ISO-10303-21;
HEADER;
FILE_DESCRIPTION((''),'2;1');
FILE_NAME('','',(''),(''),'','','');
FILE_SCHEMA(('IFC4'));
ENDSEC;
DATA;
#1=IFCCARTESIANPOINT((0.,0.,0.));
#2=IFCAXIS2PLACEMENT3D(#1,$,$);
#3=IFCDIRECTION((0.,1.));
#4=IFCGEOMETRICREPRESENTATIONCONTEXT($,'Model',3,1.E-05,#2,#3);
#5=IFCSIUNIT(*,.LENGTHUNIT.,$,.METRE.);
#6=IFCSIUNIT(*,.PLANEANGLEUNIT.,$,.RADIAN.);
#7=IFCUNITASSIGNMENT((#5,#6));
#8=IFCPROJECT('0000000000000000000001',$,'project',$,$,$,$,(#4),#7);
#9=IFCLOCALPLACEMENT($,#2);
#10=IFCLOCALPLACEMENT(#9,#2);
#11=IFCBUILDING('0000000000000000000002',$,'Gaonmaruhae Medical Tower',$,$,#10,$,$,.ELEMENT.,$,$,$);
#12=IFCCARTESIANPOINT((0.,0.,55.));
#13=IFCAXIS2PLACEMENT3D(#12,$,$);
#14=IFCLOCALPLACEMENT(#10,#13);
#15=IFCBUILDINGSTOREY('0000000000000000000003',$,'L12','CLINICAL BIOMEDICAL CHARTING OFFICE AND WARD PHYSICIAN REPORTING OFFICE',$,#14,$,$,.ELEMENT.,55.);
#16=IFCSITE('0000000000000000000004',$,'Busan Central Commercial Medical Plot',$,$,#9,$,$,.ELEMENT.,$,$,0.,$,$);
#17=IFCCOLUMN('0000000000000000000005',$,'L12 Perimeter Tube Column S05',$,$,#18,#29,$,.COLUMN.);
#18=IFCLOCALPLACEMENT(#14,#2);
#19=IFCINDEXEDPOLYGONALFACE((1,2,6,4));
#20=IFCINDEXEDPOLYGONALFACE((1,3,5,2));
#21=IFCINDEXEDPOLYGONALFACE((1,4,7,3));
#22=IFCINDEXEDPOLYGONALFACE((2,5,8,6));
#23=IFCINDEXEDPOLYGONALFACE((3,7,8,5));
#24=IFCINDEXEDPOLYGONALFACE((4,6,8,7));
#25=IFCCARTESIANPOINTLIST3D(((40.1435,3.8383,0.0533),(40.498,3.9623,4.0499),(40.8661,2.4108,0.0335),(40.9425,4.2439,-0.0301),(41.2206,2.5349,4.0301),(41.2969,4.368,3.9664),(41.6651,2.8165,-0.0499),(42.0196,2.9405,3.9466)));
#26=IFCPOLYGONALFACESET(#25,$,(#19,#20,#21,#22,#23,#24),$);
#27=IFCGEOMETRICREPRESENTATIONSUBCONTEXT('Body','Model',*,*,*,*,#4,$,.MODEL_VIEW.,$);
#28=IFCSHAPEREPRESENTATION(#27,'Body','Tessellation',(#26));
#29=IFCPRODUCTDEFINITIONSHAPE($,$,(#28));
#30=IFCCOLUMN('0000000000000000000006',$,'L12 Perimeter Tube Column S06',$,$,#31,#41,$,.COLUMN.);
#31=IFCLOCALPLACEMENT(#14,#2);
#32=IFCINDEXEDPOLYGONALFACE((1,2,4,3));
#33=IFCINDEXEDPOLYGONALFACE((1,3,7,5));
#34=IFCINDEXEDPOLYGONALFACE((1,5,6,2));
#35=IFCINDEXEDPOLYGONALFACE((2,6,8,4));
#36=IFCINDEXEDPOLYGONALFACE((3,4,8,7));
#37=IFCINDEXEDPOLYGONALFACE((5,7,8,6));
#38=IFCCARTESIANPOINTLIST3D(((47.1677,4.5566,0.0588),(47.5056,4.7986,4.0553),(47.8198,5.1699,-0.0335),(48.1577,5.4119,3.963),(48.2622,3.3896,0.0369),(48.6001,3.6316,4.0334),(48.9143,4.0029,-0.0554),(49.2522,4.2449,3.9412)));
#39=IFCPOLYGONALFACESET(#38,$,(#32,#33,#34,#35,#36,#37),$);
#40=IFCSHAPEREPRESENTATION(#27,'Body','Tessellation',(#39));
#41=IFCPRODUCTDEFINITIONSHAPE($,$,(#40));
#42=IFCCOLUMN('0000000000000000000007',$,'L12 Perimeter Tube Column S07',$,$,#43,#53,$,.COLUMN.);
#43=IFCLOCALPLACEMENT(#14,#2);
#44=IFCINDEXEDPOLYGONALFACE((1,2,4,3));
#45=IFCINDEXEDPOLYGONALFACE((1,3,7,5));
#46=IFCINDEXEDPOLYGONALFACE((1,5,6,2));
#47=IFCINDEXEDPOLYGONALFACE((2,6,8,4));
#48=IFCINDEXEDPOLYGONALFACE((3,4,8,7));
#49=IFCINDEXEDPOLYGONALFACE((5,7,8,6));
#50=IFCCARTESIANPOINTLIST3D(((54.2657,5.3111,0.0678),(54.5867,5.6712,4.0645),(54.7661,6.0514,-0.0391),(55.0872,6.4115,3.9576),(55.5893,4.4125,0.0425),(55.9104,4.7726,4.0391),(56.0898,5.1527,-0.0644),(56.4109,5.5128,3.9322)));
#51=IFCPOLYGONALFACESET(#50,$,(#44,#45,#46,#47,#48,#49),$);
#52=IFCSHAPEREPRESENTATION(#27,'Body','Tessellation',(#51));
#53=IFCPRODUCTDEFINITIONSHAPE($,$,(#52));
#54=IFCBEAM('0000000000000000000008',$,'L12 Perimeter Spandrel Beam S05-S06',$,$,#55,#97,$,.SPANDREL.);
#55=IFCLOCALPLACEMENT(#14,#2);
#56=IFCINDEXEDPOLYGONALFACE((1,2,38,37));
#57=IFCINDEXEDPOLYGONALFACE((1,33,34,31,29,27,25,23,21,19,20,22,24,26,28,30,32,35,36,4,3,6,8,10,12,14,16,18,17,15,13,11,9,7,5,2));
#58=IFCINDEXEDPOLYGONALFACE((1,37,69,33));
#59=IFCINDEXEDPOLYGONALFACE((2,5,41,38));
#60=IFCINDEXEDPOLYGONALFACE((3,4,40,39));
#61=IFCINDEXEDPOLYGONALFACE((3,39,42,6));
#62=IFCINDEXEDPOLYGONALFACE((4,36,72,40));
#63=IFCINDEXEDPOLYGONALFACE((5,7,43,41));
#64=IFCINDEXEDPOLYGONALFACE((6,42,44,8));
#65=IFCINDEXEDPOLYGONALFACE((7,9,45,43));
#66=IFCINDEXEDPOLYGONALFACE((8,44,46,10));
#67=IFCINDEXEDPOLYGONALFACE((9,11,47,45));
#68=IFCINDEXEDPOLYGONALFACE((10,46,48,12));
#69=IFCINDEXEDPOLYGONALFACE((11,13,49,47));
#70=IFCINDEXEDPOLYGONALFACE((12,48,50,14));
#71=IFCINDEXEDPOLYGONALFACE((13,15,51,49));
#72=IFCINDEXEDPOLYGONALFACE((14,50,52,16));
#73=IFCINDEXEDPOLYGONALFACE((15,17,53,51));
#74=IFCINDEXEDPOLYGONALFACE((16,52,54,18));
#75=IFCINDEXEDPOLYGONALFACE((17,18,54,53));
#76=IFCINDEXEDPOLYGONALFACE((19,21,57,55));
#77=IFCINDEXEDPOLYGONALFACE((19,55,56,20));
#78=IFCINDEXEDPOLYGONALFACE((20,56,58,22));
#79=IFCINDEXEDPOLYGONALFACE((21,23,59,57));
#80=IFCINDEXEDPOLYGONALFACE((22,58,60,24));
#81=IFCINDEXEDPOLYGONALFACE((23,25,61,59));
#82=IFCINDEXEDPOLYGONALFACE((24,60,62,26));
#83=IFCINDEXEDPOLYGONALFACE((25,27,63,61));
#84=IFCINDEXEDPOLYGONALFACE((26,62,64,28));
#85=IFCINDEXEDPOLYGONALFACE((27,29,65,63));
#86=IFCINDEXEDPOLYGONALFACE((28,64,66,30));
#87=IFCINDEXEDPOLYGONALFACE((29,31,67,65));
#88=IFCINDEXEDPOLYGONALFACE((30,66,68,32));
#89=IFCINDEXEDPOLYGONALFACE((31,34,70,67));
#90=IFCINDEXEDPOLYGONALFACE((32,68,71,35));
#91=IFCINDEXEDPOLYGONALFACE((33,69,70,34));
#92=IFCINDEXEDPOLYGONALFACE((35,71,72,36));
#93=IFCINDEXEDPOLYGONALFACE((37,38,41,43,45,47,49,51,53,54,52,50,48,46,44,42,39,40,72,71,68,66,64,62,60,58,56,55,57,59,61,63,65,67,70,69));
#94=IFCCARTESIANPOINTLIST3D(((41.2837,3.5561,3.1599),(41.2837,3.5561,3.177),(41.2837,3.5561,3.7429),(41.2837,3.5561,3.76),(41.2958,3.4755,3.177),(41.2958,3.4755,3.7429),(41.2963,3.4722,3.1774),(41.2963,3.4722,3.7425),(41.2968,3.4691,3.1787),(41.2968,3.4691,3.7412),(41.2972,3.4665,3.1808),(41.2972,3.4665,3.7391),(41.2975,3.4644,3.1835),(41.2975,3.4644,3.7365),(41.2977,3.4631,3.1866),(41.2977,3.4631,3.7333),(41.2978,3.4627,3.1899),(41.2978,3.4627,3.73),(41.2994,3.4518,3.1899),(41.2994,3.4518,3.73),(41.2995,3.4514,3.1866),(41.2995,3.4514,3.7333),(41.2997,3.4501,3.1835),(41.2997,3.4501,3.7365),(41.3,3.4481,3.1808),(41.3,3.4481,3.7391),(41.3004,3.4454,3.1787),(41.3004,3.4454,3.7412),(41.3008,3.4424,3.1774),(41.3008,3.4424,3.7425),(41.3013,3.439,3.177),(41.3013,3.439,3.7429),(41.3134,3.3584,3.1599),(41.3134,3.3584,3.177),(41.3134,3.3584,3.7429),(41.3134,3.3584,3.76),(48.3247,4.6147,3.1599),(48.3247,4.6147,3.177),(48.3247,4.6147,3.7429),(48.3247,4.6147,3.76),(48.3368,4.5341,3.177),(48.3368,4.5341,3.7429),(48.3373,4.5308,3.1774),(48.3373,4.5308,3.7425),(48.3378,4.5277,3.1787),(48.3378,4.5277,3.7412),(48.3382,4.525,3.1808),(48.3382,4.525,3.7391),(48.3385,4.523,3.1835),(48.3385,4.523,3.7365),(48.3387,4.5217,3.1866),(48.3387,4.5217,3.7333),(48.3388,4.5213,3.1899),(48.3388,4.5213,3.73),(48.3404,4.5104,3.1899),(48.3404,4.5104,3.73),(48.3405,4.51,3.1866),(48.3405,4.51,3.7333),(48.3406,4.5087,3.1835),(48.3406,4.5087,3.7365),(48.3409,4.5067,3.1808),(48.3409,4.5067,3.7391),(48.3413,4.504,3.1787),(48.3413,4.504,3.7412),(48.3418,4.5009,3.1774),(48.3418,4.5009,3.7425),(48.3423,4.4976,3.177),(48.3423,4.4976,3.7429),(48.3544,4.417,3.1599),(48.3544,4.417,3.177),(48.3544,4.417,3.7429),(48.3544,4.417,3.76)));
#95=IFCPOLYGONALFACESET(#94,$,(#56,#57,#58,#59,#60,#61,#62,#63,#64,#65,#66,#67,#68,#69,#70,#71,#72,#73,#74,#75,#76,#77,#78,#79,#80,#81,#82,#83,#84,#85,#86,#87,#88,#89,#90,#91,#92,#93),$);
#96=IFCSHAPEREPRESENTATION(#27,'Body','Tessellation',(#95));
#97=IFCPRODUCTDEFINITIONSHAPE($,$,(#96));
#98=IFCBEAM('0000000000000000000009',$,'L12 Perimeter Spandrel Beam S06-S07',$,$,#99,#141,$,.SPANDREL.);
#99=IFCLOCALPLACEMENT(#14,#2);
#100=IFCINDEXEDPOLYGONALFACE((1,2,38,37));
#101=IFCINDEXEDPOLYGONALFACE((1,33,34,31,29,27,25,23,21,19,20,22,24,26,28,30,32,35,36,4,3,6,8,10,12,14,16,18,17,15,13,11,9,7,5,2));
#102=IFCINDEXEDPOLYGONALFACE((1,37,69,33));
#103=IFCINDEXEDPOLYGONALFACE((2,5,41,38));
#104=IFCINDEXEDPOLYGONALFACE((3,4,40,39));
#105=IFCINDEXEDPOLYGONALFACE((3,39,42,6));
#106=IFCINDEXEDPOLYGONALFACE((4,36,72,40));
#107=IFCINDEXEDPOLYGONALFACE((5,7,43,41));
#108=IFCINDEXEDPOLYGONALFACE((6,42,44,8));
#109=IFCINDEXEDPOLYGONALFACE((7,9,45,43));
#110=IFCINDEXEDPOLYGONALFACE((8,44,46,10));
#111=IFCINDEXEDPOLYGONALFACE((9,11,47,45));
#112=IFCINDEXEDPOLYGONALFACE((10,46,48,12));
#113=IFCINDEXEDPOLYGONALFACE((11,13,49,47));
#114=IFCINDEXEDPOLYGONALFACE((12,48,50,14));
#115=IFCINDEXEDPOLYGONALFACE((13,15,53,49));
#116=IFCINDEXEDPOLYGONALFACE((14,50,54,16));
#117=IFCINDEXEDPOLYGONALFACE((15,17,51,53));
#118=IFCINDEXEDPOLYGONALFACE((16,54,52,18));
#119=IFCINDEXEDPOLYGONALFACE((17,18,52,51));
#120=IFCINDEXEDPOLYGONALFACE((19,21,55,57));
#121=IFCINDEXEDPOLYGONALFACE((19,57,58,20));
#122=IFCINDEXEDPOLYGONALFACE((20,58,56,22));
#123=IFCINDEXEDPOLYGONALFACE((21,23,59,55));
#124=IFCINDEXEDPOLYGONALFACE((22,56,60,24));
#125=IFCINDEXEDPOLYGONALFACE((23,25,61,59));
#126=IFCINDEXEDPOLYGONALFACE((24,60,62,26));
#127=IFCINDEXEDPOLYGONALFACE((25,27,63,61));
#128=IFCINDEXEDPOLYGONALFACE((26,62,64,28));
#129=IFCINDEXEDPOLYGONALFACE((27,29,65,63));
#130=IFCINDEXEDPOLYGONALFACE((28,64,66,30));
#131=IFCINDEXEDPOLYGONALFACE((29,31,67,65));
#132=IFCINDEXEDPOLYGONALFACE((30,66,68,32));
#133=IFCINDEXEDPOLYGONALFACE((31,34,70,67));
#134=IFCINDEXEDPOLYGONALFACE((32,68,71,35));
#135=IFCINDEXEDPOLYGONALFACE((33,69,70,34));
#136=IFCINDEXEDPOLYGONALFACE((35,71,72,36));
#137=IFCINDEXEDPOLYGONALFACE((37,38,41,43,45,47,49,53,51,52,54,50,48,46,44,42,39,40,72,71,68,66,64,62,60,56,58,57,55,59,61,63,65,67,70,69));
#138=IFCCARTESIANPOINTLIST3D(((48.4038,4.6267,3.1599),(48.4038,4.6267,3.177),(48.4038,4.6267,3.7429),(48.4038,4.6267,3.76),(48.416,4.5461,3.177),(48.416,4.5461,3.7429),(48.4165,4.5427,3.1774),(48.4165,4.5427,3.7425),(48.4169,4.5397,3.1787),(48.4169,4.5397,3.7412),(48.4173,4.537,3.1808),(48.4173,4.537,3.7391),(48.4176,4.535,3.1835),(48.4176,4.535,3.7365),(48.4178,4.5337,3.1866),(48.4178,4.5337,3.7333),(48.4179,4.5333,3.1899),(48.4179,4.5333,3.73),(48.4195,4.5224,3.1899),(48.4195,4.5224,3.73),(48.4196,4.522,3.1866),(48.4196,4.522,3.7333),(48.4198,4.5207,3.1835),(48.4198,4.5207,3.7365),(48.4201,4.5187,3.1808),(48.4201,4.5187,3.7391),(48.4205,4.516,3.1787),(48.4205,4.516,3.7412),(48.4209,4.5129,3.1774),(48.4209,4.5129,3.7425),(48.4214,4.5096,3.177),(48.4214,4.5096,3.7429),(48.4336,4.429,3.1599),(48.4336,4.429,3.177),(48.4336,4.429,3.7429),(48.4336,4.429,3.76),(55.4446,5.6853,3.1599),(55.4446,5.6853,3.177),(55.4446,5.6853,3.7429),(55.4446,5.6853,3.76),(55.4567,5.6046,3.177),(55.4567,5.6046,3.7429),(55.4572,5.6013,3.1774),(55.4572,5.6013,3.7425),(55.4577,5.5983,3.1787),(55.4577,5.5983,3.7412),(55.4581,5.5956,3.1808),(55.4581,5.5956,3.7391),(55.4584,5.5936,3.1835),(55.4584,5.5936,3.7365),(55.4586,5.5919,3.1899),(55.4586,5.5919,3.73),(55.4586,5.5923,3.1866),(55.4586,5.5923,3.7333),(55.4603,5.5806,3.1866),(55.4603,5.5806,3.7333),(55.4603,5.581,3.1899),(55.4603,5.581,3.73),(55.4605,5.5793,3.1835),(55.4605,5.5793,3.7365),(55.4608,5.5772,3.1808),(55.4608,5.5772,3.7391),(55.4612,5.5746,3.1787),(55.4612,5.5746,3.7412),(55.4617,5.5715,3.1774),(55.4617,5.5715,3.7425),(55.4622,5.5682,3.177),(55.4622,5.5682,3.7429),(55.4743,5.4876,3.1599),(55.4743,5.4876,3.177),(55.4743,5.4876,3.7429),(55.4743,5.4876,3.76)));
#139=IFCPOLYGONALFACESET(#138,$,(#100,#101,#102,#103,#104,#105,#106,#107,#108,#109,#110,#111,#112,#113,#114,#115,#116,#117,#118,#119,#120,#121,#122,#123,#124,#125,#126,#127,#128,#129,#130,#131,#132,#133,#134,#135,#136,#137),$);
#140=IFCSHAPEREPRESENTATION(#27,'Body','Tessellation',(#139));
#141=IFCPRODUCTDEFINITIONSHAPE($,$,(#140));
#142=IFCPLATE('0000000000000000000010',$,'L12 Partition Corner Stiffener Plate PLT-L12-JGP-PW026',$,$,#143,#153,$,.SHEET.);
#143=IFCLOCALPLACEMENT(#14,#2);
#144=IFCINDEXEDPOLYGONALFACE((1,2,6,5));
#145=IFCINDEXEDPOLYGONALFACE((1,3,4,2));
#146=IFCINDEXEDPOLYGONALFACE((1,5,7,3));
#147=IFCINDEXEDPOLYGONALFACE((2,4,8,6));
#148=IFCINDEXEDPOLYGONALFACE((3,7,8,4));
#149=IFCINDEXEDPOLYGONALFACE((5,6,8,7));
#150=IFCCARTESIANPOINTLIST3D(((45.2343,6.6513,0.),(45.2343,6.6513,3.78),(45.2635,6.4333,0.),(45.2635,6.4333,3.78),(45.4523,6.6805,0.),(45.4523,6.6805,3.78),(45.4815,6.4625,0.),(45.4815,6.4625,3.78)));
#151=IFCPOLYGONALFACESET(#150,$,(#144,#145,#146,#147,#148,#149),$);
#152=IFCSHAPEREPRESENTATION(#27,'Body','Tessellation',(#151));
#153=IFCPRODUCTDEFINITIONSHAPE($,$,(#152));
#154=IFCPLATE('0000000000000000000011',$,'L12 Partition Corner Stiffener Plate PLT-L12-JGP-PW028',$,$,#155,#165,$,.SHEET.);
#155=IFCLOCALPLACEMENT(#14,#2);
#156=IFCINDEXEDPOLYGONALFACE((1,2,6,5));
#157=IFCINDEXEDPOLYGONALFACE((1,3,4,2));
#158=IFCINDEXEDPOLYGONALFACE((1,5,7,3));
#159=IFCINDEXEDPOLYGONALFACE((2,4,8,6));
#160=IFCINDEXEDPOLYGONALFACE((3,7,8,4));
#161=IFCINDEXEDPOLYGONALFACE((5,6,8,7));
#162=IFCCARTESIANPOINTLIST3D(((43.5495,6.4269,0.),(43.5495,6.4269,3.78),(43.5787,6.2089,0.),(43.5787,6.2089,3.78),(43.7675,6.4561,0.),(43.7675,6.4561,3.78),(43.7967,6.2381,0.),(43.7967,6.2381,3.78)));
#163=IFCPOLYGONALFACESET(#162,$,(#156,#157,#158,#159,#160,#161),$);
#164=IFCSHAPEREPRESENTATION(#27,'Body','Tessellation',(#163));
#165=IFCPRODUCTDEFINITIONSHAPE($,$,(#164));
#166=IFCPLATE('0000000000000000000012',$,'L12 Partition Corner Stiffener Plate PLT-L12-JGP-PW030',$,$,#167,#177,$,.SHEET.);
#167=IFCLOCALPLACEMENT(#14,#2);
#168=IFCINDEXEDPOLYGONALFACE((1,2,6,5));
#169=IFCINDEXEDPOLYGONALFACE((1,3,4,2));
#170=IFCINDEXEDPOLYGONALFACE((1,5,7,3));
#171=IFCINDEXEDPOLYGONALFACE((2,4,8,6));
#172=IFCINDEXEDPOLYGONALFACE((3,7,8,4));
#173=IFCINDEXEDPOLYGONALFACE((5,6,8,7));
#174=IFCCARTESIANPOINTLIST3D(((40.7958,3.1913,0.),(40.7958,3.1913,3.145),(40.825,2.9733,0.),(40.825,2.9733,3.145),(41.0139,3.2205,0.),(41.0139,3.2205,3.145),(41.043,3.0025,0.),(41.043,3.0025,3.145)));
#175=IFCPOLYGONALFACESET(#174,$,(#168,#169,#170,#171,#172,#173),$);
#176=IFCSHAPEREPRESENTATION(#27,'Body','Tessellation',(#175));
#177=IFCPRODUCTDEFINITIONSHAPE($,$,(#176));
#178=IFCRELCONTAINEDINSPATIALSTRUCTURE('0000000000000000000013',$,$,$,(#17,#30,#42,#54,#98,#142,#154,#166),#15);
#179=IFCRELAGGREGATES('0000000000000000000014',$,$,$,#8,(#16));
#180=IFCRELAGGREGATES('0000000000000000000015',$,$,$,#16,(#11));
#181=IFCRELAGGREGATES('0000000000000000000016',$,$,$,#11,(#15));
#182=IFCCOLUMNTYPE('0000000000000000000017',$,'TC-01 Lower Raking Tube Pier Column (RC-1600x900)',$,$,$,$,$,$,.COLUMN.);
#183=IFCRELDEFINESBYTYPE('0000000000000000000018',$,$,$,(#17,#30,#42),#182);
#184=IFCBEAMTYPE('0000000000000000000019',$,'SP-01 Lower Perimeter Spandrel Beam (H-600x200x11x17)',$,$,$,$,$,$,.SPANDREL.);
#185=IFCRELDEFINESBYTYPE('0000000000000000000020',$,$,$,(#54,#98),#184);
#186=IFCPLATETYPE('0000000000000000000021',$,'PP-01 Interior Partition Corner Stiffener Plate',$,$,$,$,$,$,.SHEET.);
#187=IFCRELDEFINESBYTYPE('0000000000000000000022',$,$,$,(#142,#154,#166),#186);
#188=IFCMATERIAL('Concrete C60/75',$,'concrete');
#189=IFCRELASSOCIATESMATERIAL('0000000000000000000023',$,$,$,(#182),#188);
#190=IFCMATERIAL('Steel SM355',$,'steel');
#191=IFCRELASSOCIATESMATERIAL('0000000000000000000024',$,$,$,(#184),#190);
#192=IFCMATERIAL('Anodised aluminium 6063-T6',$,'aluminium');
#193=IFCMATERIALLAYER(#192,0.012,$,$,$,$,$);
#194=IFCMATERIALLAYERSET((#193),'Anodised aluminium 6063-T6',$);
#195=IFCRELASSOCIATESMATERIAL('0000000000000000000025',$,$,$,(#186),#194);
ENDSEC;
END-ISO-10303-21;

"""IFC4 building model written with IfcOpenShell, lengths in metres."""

from ifc_helpers import new_model, si_unit, direction, frame, origin, origin_2d, place, context, subcontext, project, spatial, rectangle, i_section, extrude, material, layer, layer_set, material_profile, profile_set, type_object, element, save


model = new_model("IFC4")

# Units and contexts
model_context = context("Model", 3, precision=1e-05, world=origin(), true_north=direction((0.0, 1.0)))
body_context = subcontext(model_context, "Body", "Model", "MODEL_VIEW")
ifc_project = project(units=[si_unit("LENGTHUNIT", "METRE"), si_unit("PLANEANGLEUNIT", "RADIAN")], contexts=[model_context])

# Site, building, storey
site_placement = place(None, origin())
site = spatial("IfcSite", under=ifc_project, at=site_placement, Name="Busan Central Commercial Medical Plot", CompositionType="ELEMENT", RefElevation=0.0)
building_placement = place(site_placement, origin())
building = spatial("IfcBuilding", under=site, at=building_placement, Name="Gaonmaruhae Medical Tower", CompositionType="ELEMENT")
storey_placement = place(building_placement, frame((0.0, 0.0, 55.0)))
storey = spatial("IfcBuildingStorey", under=building, at=storey_placement, Name="L12", Description="CLINICAL BIOMEDICAL CHARTING OFFICE AND WARD PHYSICIAN REPORTING OFFICE", CompositionType="ELEMENT", Elevation=55.0)

# Columns
ifc_material_1 = material(Name="Concrete C60/75", Category="concrete")
ifc_material_profile_1 = material_profile(ifc_material_1, rectangle(XDim=1.6001, YDim=0.8999, at=origin_2d()), Name="RC-1600x900")
ifc_profile_set_1 = profile_set([ifc_material_profile_1], Name="Concrete C60/75")
column_type = type_object("IfcColumnType", Name="TC-01 Lower Raking Tube Pier Column (RC-1600x900)", PredefinedType="COLUMN", material=ifc_profile_set_1)
column_1_placement = place(storey_placement, frame((40.9043, 3.3274, 0.0017), z_axis=(0.08831, 0.030896, 0.995614), x_axis=(-0.451623, 0.892123, 0.012374)))
element("IfcColumn", 1, at=column_1_placement, inside=storey, type_object=column_type, Name="L12 Perimeter Tube Column S05", PredefinedType="COLUMN", context=body_context, shape_type="SweptSolid", body=[
    extrude(rectangle(XDim=1.6001, YDim=0.8999, at=origin_2d()), origin(), (0.0, 0.0, 1.0), 4.0142),
])
column_2_placement = place(storey_placement, frame((48.041, 4.2798, 0.0017), z_axis=(0.084091, 0.060213, 0.994637), x_axis=(-0.684024, 0.729331, 0.013679)))
element("IfcColumn", 2, at=column_2_placement, inside=storey, type_object=column_type, Name="L12 Perimeter Tube Column S06", PredefinedType="COLUMN", context=body_context, shape_type="SweptSolid", body=[
    extrude(rectangle(XDim=1.6001, YDim=0.8999, at=origin_2d()), origin(), (0.0, 0.0, 1.0), 4.0181),
])
column_3_placement = place(storey_placement, frame((55.1777, 5.2319, 0.0017), z_axis=(0.079751, 0.089454, 0.992793), x_axis=(-0.827252, 0.561608, 0.01585)))
element("IfcColumn", 3, at=column_3_placement, inside=storey, type_object=column_type, Name="L12 Perimeter Tube Column S07", PredefinedType="COLUMN", context=body_context, shape_type="SweptSolid", body=[
    extrude(rectangle(XDim=1.6001, YDim=0.8999, at=origin_2d()), origin(), (0.0, 0.0, 1.0), 4.0256),
])

# Beams
ifc_material_2 = material(Name="Steel SM355", Category="steel")
ifc_material_profile_2 = material_profile(ifc_material_2, i_section(OverallWidth=0.2, OverallDepth=0.6001, WebThickness=0.011, FlangeThickness=0.0171, FilletRadius=0.0129, at=origin_2d()), Name="H-600x200x11x17")
ifc_profile_set_2 = profile_set([ifc_material_profile_2], Name="Steel SM355")
beam_type = type_object("IfcBeamType", Name="SP-01 Lower Perimeter Spandrel Beam (H-600x200x11x17)", PredefinedType="SPANDREL", material=ifc_profile_set_2)
beam_1_placement = place(storey_placement, frame((41.2986, 3.4573, 3.46), z_axis=(0.988886, 0.148676, 0.0), x_axis=(-0.148676, 0.988886, 0.0)))
element("IfcBeam", 4, at=beam_1_placement, inside=storey, type_object=beam_type, Name="L12 Perimeter Spandrel Beam S05-S06", PredefinedType="SPANDREL", context=body_context, shape_type="SweptSolid", body=[
    extrude(i_section(OverallWidth=0.2, OverallDepth=0.6001, WebThickness=0.011, FlangeThickness=0.0171, FilletRadius=0.0129, at=origin_2d()), origin(), (0.0, 0.0, 1.0), 7.1201),
])
beam_2_placement = place(storey_placement, frame((48.4187, 4.5278, 3.46), z_axis=(0.988885, 0.148681, 0.0), x_axis=(-0.148681, 0.988885, 0.0)))
element("IfcBeam", 5, at=beam_2_placement, inside=storey, type_object=beam_type, Name="L12 Perimeter Spandrel Beam S06-S07", PredefinedType="SPANDREL", context=body_context, shape_type="SweptSolid", body=[
    extrude(i_section(OverallWidth=0.2, OverallDepth=0.6001, WebThickness=0.011, FlangeThickness=0.0171, FilletRadius=0.0129, at=origin_2d()), origin(), (0.0, 0.0, 1.0), 7.1199),
])

# Plates
ifc_material_3 = material(Name="Anodised aluminium 6063-T6", Category="aluminium")
ifc_layer_1 = layer(ifc_material_3, 0.012)
ifc_layer_set_1 = layer_set([ifc_layer_1], Name="Anodised aluminium 6063-T6")
plate_type = type_object("IfcPlateType", Name="PP-01 Interior Partition Corner Stiffener Plate", PredefinedType="SHEET", material=ifc_layer_set_1)
for number, where, z_axis, x_axis, name in (
    (6, (45.3579, 6.5569, 0.0), (0.0, 0.0, 1.0), (-0.132654, 0.991162, 0.0), "L12 Partition Corner Stiffener Plate PLT-L12-JGP-PW026"),
    (7, (43.6731, 6.3325, 0.0), (0.0, 0.0, 1.0), (0.132793, -0.991144, 0.0), "L12 Partition Corner Stiffener Plate PLT-L12-JGP-PW028"),
):
    element("IfcPlate", number, at=place(storey_placement, frame(where, z_axis=z_axis, x_axis=x_axis)), inside=storey, type_object=plate_type, Name=name, PredefinedType="SHEET", context=body_context, shape_type="SweptSolid", body=[
        extrude(rectangle(XDim=0.22, YDim=0.22, at=origin_2d()), origin(), (0.0, 0.0, 1.0), 3.78),
    ])
plate_placement = place(storey_placement, frame((40.9194, 3.0969, 0.0), z_axis=(0.0, 0.0, 1.0), x_axis=(-0.991162, -0.132654, 0.0)))
element("IfcPlate", 8, at=plate_placement, inside=storey, type_object=plate_type, Name="L12 Partition Corner Stiffener Plate PLT-L12-JGP-PW030", PredefinedType="SHEET", context=body_context, shape_type="SweptSolid", body=[
    extrude(rectangle(XDim=0.22, YDim=0.22, at=origin_2d()), origin(), (0.0, 0.0, 1.0), 3.145),
])

save(model, "model.ifc")
